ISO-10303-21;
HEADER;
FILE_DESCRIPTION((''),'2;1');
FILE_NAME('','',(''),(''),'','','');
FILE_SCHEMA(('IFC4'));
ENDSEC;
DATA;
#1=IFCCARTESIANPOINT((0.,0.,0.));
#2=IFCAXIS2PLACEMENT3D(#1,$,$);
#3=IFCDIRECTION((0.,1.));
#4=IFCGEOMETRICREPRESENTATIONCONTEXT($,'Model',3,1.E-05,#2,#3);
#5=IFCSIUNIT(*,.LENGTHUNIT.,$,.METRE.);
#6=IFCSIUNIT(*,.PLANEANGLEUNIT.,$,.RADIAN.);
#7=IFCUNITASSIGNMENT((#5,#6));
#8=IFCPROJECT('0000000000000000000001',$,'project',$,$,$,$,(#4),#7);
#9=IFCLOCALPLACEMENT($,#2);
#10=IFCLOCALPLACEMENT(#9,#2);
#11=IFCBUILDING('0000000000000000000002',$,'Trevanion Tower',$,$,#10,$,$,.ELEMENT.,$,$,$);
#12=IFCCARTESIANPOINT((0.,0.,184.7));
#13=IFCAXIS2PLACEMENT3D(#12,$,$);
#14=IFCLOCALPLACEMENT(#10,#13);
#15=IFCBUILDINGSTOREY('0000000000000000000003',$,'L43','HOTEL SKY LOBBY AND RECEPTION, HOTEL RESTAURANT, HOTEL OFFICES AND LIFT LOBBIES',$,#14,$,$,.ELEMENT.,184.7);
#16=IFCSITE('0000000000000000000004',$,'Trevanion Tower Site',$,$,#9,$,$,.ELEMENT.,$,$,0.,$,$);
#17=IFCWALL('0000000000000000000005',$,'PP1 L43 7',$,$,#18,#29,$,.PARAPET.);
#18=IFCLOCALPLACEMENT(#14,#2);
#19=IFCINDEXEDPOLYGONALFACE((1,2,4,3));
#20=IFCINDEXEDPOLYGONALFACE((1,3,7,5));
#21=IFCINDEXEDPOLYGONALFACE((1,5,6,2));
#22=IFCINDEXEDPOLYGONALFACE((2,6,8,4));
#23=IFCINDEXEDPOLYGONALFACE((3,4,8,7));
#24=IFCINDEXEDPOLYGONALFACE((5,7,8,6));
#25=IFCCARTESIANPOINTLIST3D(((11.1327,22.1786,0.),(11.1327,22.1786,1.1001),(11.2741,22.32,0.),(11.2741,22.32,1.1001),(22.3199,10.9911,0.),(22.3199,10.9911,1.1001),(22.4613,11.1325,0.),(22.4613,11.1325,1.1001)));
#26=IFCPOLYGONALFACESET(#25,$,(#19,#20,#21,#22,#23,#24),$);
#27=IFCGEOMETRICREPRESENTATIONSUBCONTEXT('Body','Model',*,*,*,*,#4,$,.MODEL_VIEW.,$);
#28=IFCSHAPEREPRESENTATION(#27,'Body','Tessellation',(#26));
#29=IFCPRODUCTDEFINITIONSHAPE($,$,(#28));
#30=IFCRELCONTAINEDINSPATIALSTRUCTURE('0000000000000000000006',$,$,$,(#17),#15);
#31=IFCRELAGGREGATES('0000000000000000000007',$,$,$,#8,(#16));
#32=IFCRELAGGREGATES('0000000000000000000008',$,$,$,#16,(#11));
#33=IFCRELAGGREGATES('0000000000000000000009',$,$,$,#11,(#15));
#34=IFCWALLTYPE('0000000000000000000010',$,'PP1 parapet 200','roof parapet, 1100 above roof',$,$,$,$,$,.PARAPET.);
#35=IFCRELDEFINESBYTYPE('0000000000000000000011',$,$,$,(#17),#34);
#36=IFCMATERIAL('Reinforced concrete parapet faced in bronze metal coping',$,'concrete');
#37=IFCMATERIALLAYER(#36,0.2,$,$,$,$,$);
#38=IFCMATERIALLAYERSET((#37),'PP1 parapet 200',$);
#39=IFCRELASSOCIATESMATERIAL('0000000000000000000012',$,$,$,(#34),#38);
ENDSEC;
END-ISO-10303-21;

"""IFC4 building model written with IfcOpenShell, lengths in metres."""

from ifc_helpers import new_model, si_unit, direction, frame, frame_2d, origin, place, context, subcontext, project, spatial, rectangle, extrude, material, layer, layer_set, type_object, element, save


model = new_model("IFC4")

# Units and contexts
model_context = context("Model", 3, precision=1e-05, world=origin(), true_north=direction((0.0, 1.0)))
body_context = subcontext(model_context, "Body", "Model", "MODEL_VIEW")
ifc_project = project(units=[si_unit("LENGTHUNIT", "METRE"), si_unit("PLANEANGLEUNIT", "RADIAN")], contexts=[model_context])

# Site, building, storey
site_placement = place(None, origin())
site = spatial("IfcSite", under=ifc_project, at=site_placement, Name="Trevanion Tower Site", CompositionType="ELEMENT", RefElevation=0.0)
building_placement = place(site_placement, origin())
building = spatial("IfcBuilding", under=site, at=building_placement, Name="Trevanion Tower", CompositionType="ELEMENT")
storey_placement = place(building_placement, frame((0.0, 0.0, 184.7)))
storey = spatial("IfcBuildingStorey", under=building, at=storey_placement, Name="L43", Description="HOTEL SKY LOBBY AND RECEPTION, HOTEL RESTAURANT, HOTEL OFFICES AND LIFT LOBBIES", CompositionType="ELEMENT", Elevation=184.7)

# Wall
ifc_material_1 = material(Name="Reinforced concrete parapet faced in bronze metal coping", Category="concrete")
ifc_layer_1 = layer(ifc_material_1, 0.2)
ifc_layer_set_1 = layer_set([ifc_layer_1], Name="PP1 parapet 200")
wall_type = type_object("IfcWallType", Name="PP1 parapet 200", Description="roof parapet, 1100 above roof", PredefinedType="PARAPET", material=ifc_layer_set_1)
wall_placement = place(storey_placement, frame((11.2034, 22.2493, 0.0), z_axis=(0.0, 0.0, 1.0), x_axis=(0.707099, -0.707114, 0.0)))
element("IfcWall", 1, at=wall_placement, inside=storey, type_object=wall_type, Name="PP1 L43 7", PredefinedType="PARAPET", context=body_context, shape_type="SweptSolid", body=[
    extrude(rectangle(XDim=15.8213, YDim=0.2, at=frame_2d((7.9106, 0.0))), origin(), (0.0, 0.0, 1.0), 1.1001),
])

save(model, "model.ifc")
